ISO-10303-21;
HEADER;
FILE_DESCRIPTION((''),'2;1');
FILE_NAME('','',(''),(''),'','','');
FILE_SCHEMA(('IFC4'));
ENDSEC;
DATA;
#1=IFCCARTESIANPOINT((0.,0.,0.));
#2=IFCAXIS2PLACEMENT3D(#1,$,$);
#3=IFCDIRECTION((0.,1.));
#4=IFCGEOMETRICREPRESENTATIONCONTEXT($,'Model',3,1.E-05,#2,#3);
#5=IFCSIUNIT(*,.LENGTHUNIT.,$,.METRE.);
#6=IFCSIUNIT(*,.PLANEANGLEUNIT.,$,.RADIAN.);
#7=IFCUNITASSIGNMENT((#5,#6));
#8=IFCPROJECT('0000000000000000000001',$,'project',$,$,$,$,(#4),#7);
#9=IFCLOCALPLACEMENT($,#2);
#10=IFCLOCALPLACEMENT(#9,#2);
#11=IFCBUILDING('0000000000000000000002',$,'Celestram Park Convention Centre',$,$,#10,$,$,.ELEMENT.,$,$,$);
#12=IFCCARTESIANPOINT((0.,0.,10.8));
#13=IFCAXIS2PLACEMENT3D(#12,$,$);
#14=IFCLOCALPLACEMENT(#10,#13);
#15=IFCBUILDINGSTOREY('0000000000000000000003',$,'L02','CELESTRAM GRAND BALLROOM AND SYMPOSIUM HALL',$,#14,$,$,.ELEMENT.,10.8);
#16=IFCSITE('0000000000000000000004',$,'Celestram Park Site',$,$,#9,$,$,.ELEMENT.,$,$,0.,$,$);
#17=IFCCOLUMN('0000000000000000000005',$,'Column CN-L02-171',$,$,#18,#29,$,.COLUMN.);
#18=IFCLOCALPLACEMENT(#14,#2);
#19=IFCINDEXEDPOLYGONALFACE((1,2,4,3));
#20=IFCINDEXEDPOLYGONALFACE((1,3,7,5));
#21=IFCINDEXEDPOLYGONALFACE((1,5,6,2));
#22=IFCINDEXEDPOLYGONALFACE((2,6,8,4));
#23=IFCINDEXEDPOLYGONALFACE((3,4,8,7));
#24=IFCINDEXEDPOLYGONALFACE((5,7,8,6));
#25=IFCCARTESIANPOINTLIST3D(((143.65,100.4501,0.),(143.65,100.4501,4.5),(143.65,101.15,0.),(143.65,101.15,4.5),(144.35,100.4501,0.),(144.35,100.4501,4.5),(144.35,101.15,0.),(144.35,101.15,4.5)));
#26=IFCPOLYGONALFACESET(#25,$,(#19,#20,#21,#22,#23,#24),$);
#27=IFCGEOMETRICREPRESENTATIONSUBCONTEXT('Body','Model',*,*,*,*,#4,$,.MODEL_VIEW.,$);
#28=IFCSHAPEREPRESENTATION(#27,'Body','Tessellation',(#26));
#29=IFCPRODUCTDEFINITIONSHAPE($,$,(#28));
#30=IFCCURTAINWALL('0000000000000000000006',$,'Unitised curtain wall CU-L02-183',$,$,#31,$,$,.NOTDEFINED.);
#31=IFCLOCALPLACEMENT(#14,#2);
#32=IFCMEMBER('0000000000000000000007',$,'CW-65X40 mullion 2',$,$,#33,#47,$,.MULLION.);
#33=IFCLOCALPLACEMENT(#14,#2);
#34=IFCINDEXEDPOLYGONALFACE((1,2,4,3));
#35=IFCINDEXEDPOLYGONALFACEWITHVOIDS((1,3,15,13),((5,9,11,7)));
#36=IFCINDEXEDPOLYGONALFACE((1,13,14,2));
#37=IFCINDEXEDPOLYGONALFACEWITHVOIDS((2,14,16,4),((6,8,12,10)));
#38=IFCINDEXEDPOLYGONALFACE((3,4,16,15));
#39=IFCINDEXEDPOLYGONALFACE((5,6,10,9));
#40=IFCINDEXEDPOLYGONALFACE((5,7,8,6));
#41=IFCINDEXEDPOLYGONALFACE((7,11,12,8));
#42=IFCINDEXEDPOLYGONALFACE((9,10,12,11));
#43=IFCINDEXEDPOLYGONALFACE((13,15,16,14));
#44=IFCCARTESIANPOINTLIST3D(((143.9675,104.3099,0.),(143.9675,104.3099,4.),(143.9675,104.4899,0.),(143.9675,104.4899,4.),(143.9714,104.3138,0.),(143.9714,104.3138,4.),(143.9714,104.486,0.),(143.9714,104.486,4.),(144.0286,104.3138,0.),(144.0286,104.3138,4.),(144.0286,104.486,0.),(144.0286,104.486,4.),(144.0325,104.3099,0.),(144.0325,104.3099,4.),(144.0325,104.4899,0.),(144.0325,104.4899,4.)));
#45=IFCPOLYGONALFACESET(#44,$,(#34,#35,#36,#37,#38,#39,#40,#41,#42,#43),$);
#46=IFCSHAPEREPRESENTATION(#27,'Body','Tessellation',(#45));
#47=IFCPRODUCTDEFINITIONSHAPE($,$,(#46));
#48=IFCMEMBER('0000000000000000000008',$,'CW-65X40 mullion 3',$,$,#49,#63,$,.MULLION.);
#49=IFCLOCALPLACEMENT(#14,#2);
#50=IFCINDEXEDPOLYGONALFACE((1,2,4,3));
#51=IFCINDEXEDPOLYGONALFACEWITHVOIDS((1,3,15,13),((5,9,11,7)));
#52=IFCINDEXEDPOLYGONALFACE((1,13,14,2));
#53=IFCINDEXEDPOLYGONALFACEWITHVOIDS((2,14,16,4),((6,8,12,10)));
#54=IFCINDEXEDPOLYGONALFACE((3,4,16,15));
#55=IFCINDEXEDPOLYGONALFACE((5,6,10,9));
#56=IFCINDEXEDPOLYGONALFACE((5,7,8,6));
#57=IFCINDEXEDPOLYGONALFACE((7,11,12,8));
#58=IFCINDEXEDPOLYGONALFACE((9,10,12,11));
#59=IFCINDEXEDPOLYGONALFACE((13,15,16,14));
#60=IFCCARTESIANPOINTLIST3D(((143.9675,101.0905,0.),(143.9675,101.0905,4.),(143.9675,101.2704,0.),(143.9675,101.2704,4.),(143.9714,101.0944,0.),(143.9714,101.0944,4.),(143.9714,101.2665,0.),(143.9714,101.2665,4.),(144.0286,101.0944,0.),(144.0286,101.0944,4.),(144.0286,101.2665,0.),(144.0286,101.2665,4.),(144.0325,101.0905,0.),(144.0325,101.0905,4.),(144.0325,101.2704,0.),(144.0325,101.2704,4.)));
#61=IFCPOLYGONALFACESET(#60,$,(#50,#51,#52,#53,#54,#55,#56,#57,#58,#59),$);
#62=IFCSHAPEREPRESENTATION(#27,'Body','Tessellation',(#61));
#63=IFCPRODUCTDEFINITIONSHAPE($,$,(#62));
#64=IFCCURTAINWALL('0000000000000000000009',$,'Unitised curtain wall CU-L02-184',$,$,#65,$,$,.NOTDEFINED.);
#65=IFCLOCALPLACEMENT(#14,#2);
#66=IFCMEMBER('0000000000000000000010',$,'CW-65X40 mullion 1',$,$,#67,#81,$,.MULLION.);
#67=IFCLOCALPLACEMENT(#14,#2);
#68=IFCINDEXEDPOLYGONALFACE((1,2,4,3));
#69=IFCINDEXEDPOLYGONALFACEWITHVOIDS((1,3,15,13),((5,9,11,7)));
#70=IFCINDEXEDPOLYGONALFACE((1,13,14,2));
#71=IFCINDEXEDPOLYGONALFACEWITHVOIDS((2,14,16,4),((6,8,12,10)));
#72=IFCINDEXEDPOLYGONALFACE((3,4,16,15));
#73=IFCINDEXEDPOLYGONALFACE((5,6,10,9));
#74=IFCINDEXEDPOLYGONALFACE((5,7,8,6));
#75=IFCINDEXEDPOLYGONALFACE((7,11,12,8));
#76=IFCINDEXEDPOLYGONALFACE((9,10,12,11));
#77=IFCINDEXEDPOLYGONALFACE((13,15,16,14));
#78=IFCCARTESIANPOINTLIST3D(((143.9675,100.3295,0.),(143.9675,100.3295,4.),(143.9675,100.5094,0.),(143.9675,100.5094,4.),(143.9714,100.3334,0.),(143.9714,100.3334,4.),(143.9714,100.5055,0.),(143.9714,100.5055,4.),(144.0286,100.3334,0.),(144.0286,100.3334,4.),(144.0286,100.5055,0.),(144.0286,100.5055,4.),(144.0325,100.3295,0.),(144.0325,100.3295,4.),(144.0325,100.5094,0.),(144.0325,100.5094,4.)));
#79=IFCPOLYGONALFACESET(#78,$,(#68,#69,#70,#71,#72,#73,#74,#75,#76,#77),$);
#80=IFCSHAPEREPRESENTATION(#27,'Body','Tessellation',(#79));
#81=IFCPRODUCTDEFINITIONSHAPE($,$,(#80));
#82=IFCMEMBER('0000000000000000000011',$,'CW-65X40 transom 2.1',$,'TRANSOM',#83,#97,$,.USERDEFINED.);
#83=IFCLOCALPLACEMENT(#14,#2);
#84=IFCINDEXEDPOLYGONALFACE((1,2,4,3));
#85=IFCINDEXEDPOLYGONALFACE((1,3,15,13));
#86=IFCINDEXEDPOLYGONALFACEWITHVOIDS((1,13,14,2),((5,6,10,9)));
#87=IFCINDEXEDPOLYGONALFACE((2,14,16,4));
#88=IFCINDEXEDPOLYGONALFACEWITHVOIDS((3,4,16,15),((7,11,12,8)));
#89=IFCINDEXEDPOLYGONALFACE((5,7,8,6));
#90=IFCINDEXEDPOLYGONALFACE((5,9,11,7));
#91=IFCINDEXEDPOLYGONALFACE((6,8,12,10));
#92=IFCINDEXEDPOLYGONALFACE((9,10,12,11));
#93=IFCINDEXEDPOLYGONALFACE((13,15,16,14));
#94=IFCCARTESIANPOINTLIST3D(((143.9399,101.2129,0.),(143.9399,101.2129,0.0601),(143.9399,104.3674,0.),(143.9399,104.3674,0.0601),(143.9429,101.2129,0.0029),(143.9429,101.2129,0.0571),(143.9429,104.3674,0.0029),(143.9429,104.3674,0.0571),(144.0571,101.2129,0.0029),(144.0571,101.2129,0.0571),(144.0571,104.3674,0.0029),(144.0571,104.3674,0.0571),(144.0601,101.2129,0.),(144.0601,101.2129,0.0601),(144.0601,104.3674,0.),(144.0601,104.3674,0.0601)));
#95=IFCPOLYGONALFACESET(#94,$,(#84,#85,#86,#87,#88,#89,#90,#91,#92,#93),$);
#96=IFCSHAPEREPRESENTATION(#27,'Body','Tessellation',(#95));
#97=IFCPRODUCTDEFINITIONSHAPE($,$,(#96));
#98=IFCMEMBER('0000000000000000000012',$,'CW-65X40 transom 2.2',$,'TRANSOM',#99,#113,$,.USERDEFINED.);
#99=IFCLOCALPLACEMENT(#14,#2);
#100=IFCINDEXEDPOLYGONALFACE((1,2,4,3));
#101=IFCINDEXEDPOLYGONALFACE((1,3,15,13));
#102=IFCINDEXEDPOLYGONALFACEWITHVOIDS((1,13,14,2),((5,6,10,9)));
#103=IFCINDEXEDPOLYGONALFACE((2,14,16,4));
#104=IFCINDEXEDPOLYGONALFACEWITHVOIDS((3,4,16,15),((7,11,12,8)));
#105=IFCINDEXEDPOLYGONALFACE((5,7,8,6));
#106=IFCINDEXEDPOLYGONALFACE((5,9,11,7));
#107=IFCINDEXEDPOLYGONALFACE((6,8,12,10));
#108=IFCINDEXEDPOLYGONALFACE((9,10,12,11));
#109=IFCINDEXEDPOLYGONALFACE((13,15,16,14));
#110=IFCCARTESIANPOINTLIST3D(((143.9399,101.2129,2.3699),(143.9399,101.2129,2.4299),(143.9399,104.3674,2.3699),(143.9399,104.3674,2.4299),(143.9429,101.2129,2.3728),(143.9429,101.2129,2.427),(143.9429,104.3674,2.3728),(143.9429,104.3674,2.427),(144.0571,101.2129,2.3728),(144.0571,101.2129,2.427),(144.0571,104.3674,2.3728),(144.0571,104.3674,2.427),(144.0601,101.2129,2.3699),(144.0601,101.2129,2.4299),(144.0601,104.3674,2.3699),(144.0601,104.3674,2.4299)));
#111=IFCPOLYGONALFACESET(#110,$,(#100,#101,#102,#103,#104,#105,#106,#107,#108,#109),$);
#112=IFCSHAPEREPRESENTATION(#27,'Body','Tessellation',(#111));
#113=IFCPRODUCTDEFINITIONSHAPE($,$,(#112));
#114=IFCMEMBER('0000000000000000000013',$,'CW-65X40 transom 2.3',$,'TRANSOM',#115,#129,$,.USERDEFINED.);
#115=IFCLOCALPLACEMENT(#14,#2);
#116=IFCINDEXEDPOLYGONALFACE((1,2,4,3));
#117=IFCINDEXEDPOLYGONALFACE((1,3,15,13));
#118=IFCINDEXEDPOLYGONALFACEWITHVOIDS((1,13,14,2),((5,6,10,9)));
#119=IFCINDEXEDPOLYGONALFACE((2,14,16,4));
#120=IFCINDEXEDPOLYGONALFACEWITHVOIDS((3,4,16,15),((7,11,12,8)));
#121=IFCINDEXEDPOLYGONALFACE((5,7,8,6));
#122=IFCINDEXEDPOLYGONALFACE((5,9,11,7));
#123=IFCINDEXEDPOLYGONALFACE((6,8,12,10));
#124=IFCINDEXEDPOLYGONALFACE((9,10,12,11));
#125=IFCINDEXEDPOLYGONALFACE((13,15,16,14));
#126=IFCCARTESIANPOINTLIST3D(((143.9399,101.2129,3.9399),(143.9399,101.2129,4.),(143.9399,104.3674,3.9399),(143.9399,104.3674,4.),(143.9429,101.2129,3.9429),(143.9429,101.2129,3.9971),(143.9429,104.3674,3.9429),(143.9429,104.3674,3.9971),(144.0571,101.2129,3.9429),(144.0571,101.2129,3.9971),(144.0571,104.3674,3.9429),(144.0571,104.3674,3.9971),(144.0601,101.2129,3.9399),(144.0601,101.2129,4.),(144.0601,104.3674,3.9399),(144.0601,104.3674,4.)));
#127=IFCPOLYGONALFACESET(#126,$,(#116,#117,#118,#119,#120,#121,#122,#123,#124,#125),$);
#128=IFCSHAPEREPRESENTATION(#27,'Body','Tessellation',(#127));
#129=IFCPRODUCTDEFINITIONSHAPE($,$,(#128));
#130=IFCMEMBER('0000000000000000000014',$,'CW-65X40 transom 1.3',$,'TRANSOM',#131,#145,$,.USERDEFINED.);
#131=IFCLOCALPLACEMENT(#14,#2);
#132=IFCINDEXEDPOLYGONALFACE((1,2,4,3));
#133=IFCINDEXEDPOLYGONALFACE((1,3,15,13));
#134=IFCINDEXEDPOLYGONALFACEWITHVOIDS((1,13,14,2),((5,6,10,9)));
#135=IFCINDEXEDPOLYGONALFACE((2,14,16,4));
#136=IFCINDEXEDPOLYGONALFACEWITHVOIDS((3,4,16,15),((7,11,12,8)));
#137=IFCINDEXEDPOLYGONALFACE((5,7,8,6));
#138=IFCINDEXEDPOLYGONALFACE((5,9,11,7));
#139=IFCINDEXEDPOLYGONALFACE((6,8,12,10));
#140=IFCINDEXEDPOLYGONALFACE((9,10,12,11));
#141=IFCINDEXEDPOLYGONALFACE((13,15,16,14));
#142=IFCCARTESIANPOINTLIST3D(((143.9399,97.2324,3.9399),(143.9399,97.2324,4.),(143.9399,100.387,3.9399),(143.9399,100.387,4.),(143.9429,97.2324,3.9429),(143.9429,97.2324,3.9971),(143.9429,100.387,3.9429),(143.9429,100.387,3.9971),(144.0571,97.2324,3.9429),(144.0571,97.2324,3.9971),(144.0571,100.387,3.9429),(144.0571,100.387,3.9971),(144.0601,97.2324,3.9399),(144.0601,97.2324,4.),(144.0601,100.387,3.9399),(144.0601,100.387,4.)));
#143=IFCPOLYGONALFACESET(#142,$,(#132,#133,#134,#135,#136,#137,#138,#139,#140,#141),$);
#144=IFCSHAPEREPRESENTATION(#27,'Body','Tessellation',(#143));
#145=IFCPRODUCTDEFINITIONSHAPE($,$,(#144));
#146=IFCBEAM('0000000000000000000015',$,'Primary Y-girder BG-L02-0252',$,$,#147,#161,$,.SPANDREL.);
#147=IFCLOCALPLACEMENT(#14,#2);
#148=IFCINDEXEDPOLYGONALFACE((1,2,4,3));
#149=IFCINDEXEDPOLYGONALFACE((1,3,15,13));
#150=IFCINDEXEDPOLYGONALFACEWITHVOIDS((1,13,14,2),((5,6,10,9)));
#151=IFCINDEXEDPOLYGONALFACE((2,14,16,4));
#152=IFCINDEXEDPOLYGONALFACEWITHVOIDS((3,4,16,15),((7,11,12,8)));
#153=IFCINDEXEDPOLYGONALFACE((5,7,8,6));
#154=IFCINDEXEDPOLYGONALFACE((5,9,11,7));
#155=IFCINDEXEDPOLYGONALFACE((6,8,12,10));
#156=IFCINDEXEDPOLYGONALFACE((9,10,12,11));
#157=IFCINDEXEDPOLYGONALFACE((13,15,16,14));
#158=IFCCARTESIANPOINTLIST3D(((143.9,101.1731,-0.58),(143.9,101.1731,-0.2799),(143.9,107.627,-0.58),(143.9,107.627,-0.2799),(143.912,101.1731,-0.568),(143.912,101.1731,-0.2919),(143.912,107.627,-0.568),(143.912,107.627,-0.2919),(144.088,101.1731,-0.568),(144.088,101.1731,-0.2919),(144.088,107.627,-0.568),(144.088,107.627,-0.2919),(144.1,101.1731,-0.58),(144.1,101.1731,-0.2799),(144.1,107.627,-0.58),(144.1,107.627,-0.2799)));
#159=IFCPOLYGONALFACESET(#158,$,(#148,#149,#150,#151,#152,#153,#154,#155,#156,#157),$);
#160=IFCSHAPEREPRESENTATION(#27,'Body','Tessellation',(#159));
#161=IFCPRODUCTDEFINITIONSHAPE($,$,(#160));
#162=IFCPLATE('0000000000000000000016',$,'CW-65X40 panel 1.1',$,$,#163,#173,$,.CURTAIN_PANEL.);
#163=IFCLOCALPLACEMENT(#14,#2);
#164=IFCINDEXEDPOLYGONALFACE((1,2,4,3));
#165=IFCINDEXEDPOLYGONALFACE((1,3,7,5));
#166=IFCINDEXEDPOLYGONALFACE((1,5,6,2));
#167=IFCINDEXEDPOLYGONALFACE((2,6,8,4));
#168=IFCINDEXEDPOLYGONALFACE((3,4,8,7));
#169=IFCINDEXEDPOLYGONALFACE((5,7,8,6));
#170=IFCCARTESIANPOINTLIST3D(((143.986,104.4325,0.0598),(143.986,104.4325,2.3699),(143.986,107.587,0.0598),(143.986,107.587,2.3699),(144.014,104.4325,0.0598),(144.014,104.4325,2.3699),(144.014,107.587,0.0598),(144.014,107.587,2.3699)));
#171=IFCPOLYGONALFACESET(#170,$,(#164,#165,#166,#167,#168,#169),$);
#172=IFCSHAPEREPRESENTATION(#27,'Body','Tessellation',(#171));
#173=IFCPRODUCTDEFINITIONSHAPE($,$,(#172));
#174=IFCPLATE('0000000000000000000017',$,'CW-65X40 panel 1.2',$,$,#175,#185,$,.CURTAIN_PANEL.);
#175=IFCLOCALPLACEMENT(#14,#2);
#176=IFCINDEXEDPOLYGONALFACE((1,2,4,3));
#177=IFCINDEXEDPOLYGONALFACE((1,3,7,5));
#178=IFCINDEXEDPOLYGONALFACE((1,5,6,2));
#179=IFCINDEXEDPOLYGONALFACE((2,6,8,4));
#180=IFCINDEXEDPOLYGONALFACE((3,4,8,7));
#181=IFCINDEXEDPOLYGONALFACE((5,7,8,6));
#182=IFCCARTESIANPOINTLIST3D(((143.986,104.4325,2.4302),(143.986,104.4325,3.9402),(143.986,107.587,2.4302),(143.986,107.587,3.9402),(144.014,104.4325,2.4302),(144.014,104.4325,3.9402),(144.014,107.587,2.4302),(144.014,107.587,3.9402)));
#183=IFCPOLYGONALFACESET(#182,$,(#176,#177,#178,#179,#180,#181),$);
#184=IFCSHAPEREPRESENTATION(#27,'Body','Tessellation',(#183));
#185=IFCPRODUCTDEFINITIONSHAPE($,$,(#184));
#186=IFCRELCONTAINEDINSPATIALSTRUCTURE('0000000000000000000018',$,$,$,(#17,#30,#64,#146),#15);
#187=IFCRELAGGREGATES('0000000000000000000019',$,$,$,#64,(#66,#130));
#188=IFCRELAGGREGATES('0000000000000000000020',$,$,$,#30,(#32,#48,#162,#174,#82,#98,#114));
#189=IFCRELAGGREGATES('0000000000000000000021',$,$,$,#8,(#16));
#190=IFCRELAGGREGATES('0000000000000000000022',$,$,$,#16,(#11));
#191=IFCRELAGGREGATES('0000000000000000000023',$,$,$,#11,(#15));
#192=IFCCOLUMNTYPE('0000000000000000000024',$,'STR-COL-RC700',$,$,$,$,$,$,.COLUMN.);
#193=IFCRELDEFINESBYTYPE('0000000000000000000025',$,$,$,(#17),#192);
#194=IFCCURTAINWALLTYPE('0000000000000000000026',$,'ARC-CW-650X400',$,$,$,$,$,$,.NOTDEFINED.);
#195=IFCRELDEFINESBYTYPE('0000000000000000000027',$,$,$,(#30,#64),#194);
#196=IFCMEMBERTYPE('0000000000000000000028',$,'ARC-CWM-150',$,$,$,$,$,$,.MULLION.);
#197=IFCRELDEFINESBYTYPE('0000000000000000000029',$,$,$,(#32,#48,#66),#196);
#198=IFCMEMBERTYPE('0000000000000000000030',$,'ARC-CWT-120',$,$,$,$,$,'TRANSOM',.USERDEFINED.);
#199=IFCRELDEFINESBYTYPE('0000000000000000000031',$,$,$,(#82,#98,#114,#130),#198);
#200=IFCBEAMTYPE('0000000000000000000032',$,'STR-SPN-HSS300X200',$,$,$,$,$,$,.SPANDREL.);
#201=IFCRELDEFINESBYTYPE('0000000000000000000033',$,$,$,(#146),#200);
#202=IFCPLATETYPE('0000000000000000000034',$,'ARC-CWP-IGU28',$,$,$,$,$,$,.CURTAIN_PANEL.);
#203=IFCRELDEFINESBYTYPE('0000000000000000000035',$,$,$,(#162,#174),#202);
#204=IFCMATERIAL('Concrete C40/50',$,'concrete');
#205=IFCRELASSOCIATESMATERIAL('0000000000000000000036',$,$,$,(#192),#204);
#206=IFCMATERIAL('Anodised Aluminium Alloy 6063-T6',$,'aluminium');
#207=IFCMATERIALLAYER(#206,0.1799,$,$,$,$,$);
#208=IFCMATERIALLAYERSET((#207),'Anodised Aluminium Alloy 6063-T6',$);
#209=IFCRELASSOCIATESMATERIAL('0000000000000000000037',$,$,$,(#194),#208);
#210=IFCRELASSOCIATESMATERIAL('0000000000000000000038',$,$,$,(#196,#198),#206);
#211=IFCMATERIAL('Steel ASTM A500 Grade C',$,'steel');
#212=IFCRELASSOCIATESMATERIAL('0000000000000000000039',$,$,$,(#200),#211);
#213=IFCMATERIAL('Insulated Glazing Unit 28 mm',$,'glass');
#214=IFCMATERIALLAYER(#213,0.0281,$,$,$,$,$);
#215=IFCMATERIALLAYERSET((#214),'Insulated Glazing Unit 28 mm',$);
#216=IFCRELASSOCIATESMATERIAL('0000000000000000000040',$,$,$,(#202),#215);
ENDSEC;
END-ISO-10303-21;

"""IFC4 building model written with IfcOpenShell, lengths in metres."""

from ifc_helpers import new_model, si_unit, direction, frame, origin, origin_2d, place, context, subcontext, project, spatial, rectangle, hollow_rectangle, extrude, material, layer, layer_set, material_profile, profile_set, type_object, element, aggregate, save


model = new_model("IFC4")

# Units and contexts
model_context = context("Model", 3, precision=1e-05, world=origin(), true_north=direction((0.0, 1.0)))
body_context = subcontext(model_context, "Body", "Model", "MODEL_VIEW")
ifc_project = project(units=[si_unit("LENGTHUNIT", "METRE"), si_unit("PLANEANGLEUNIT", "RADIAN")], contexts=[model_context])

# Site, building, storey
site_placement = place(None, origin())
site = spatial("IfcSite", under=ifc_project, at=site_placement, Name="Celestram Park Site", CompositionType="ELEMENT", RefElevation=0.0)
building_placement = place(site_placement, origin())
building = spatial("IfcBuilding", under=site, at=building_placement, Name="Celestram Park Convention Centre", CompositionType="ELEMENT")
storey_placement = place(building_placement, frame((0.0, 0.0, 10.8)))
storey = spatial("IfcBuildingStorey", under=building, at=storey_placement, Name="L02", Description="CELESTRAM GRAND BALLROOM AND SYMPOSIUM HALL", CompositionType="ELEMENT", Elevation=10.8)

# Column
ifc_material_1 = material(Name="Concrete C40/50", Category="concrete")
ifc_material_profile_1 = material_profile(ifc_material_1, rectangle(XDim=0.7, YDim=0.7, at=origin_2d()), Name="RC700X700")
ifc_profile_set_1 = profile_set([ifc_material_profile_1], Name="Concrete C40/50")
column_type = type_object("IfcColumnType", Name="STR-COL-RC700", PredefinedType="COLUMN", material=ifc_profile_set_1)
column_placement = place(storey_placement, frame((144.0, 100.8, 0.0), z_axis=(0.0, 0.0, 1.0), x_axis=(1.0, 0.0, 0.0)))
element("IfcColumn", 1, at=column_placement, inside=storey, type_object=column_type, Name="Column CN-L02-171", PredefinedType="COLUMN", context=body_context, shape_type="SweptSolid", body=[
    extrude(rectangle(XDim=0.7, YDim=0.7, at=origin_2d()), origin(), (0.0, 0.0, 1.0), 4.5),
])

# Curtain wall, members
ifc_material_2 = material(Name="Anodised Aluminium Alloy 6063-T6", Category="aluminium")
ifc_layer_1 = layer(ifc_material_2, 0.1799)
ifc_layer_set_1 = layer_set([ifc_layer_1], Name="Anodised Aluminium Alloy 6063-T6")
curtain_wall_type = type_object("IfcCurtainWallType", Name="ARC-CW-650X400", PredefinedType="NOTDEFINED", material=ifc_layer_set_1)
curtain_wall_1_placement = place(storey_placement, origin())
curtain_wall_1 = element("IfcCurtainWall", 2, at=curtain_wall_1_placement, inside=storey, type_object=curtain_wall_type, Name="Unitised curtain wall CU-L02-183", PredefinedType="NOTDEFINED")
ifc_material_profile_2 = material_profile(ifc_material_2, hollow_rectangle(XDim=0.0649, YDim=0.1799, WallThickness=0.0039, at=origin_2d()), Name="ALU65X180X4")
ifc_profile_set_2 = profile_set([ifc_material_profile_2], Name="Anodised Aluminium Alloy 6063-T6")
member_type_1 = type_object("IfcMemberType", Name="ARC-CWM-150", PredefinedType="MULLION", material=ifc_profile_set_2)
member_1_placement = place(storey_placement, frame((144.0, 104.3999, 0.0), z_axis=(0.0, 0.0, 1.0), x_axis=(1.0, 0.0, 0.0)))
member_1 = element("IfcMember", 3, at=member_1_placement, type_object=member_type_1, Name="CW-65X40 mullion 2", PredefinedType="MULLION", context=body_context, shape_type="SweptSolid", body=[
    extrude(hollow_rectangle(XDim=0.0649, YDim=0.1799, WallThickness=0.0039, at=origin_2d()), origin(), (0.0, 0.0, 1.0), 4.0),
])
member_2_placement = place(storey_placement, frame((144.0, 101.1804, 0.0), z_axis=(0.0, 0.0, 1.0), x_axis=(1.0, 0.0, 0.0)))
member_2 = element("IfcMember", 4, at=member_2_placement, type_object=member_type_1, Name="CW-65X40 mullion 3", PredefinedType="MULLION", context=body_context, shape_type="SweptSolid", body=[
    extrude(hollow_rectangle(XDim=0.0649, YDim=0.1799, WallThickness=0.0039, at=origin_2d()), origin(), (0.0, 0.0, 1.0), 4.0),
])

# Curtain wall, member
curtain_wall_2_placement = place(storey_placement, origin())
curtain_wall_2 = element("IfcCurtainWall", 5, at=curtain_wall_2_placement, inside=storey, type_object=curtain_wall_type, Name="Unitised curtain wall CU-L02-184", PredefinedType="NOTDEFINED")
member_3_placement = place(storey_placement, frame((144.0, 100.4194, 0.0), z_axis=(0.0, 0.0, 1.0), x_axis=(1.0, 0.0, 0.0)))
member_3 = element("IfcMember", 6, at=member_3_placement, type_object=member_type_1, Name="CW-65X40 mullion 1", PredefinedType="MULLION", context=body_context, shape_type="SweptSolid", body=[
    extrude(hollow_rectangle(XDim=0.0649, YDim=0.1799, WallThickness=0.0039, at=origin_2d()), origin(), (0.0, 0.0, 1.0), 4.0),
])

# Members
ifc_material_profile_3 = material_profile(ifc_material_2, hollow_rectangle(XDim=0.1201, YDim=0.0601, WallThickness=0.0029, at=origin_2d()), Name="ALU120X60X3")
ifc_profile_set_3 = profile_set([ifc_material_profile_3], Name="Anodised Aluminium Alloy 6063-T6")
member_type_2 = type_object("IfcMemberType", Name="ARC-CWT-120", ElementType="TRANSOM", PredefinedType="USERDEFINED", material=ifc_profile_set_3)
member_4_placement = place(storey_placement, frame((144.0, 104.3674, 0.03), z_axis=(0.0, -1.0, 0.0), x_axis=(1.0, 0.0, 0.0)))
member_4 = element("IfcMember", 7, at=member_4_placement, type_object=member_type_2, Name="CW-65X40 transom 2.1", ObjectType="TRANSOM", PredefinedType="USERDEFINED", context=body_context, shape_type="SweptSolid", body=[
    extrude(hollow_rectangle(XDim=0.1201, YDim=0.0601, WallThickness=0.0029, at=origin_2d()), origin(), (0.0, 0.0, 1.0), 3.1545),
])
member_5_placement = place(storey_placement, frame((144.0, 104.3674, 2.3999), z_axis=(0.0, -1.0, 0.0), x_axis=(1.0, 0.0, 0.0)))
member_5 = element("IfcMember", 8, at=member_5_placement, type_object=member_type_2, Name="CW-65X40 transom 2.2", ObjectType="TRANSOM", PredefinedType="USERDEFINED", context=body_context, shape_type="SweptSolid", body=[
    extrude(hollow_rectangle(XDim=0.1201, YDim=0.0601, WallThickness=0.0029, at=origin_2d()), origin(), (0.0, 0.0, 1.0), 3.1545),
])
member_6_placement = place(storey_placement, frame((144.0, 104.3674, 3.97), z_axis=(0.0, -1.0, 0.0), x_axis=(1.0, 0.0, 0.0)))
member_6 = element("IfcMember", 9, at=member_6_placement, type_object=member_type_2, Name="CW-65X40 transom 2.3", ObjectType="TRANSOM", PredefinedType="USERDEFINED", context=body_context, shape_type="SweptSolid", body=[
    extrude(hollow_rectangle(XDim=0.1201, YDim=0.0601, WallThickness=0.0029, at=origin_2d()), origin(), (0.0, 0.0, 1.0), 3.1545),
])
member_7_placement = place(storey_placement, frame((144.0, 100.387, 3.97), z_axis=(0.0, -1.0, 0.0), x_axis=(1.0, 0.0, 0.0)))
member_7 = element("IfcMember", 10, at=member_7_placement, type_object=member_type_2, Name="CW-65X40 transom 1.3", ObjectType="TRANSOM", PredefinedType="USERDEFINED", context=body_context, shape_type="SweptSolid", body=[
    extrude(hollow_rectangle(XDim=0.1201, YDim=0.0601, WallThickness=0.0029, at=origin_2d()), origin(), (0.0, 0.0, 1.0), 3.1545),
])
aggregate(curtain_wall_2, [member_3, member_7])

# Beam
ifc_material_3 = material(Name="Steel ASTM A500 Grade C", Category="steel")
ifc_material_profile_4 = material_profile(ifc_material_3, hollow_rectangle(XDim=0.2, YDim=0.3, WallThickness=0.012, at=origin_2d()), Name="HSS300X200X12")
ifc_profile_set_4 = profile_set([ifc_material_profile_4], Name="Steel ASTM A500 Grade C")
beam_type = type_object("IfcBeamType", Name="STR-SPN-HSS300X200", PredefinedType="SPANDREL", material=ifc_profile_set_4)
beam_placement = place(storey_placement, frame((144.0, 101.1731, -0.4299), z_axis=(0.0, 1.0, 0.0), x_axis=(-1.0, 0.0, 0.0)))
element("IfcBeam", 11, at=beam_placement, inside=storey, type_object=beam_type, Name="Primary Y-girder BG-L02-0252", PredefinedType="SPANDREL", context=body_context, shape_type="SweptSolid", body=[
    extrude(hollow_rectangle(XDim=0.2, YDim=0.3, WallThickness=0.012, at=origin_2d()), origin(), (0.0, 0.0, 1.0), 6.4539),
])

# Plates
ifc_material_4 = material(Name="Insulated Glazing Unit 28 mm", Category="glass")
ifc_layer_2 = layer(ifc_material_4, 0.0281)
ifc_layer_set_2 = layer_set([ifc_layer_2], Name="Insulated Glazing Unit 28 mm")
plate_type = type_object("IfcPlateType", Name="ARC-CWP-IGU28", PredefinedType="CURTAIN_PANEL", material=ifc_layer_set_2)
plate_1_placement = place(storey_placement, frame((144.0, 106.0098, 0.0598), z_axis=(0.0, 0.0, 1.0), x_axis=(0.0, -1.0, 0.0)))
plate_1 = element("IfcPlate", 12, at=plate_1_placement, type_object=plate_type, Name="CW-65X40 panel 1.1", PredefinedType="CURTAIN_PANEL", context=body_context, shape_type="SweptSolid", body=[
    extrude(rectangle(XDim=3.1545, YDim=0.0281, at=origin_2d()), origin(), (0.0, 0.0, 1.0), 2.3101),
])
plate_2_placement = place(storey_placement, frame((144.0, 106.0098, 2.4302), z_axis=(0.0, 0.0, 1.0), x_axis=(0.0, -1.0, 0.0)))
plate_2 = element("IfcPlate", 13, at=plate_2_placement, type_object=plate_type, Name="CW-65X40 panel 1.2", PredefinedType="CURTAIN_PANEL", context=body_context, shape_type="SweptSolid", body=[
    extrude(rectangle(XDim=3.1545, YDim=0.0281, at=origin_2d()), origin(), (0.0, 0.0, 1.0), 1.51),
])
aggregate(curtain_wall_1, [member_1, member_2, plate_1, plate_2, member_4, member_5, member_6])

save(model, "model.ifc")
